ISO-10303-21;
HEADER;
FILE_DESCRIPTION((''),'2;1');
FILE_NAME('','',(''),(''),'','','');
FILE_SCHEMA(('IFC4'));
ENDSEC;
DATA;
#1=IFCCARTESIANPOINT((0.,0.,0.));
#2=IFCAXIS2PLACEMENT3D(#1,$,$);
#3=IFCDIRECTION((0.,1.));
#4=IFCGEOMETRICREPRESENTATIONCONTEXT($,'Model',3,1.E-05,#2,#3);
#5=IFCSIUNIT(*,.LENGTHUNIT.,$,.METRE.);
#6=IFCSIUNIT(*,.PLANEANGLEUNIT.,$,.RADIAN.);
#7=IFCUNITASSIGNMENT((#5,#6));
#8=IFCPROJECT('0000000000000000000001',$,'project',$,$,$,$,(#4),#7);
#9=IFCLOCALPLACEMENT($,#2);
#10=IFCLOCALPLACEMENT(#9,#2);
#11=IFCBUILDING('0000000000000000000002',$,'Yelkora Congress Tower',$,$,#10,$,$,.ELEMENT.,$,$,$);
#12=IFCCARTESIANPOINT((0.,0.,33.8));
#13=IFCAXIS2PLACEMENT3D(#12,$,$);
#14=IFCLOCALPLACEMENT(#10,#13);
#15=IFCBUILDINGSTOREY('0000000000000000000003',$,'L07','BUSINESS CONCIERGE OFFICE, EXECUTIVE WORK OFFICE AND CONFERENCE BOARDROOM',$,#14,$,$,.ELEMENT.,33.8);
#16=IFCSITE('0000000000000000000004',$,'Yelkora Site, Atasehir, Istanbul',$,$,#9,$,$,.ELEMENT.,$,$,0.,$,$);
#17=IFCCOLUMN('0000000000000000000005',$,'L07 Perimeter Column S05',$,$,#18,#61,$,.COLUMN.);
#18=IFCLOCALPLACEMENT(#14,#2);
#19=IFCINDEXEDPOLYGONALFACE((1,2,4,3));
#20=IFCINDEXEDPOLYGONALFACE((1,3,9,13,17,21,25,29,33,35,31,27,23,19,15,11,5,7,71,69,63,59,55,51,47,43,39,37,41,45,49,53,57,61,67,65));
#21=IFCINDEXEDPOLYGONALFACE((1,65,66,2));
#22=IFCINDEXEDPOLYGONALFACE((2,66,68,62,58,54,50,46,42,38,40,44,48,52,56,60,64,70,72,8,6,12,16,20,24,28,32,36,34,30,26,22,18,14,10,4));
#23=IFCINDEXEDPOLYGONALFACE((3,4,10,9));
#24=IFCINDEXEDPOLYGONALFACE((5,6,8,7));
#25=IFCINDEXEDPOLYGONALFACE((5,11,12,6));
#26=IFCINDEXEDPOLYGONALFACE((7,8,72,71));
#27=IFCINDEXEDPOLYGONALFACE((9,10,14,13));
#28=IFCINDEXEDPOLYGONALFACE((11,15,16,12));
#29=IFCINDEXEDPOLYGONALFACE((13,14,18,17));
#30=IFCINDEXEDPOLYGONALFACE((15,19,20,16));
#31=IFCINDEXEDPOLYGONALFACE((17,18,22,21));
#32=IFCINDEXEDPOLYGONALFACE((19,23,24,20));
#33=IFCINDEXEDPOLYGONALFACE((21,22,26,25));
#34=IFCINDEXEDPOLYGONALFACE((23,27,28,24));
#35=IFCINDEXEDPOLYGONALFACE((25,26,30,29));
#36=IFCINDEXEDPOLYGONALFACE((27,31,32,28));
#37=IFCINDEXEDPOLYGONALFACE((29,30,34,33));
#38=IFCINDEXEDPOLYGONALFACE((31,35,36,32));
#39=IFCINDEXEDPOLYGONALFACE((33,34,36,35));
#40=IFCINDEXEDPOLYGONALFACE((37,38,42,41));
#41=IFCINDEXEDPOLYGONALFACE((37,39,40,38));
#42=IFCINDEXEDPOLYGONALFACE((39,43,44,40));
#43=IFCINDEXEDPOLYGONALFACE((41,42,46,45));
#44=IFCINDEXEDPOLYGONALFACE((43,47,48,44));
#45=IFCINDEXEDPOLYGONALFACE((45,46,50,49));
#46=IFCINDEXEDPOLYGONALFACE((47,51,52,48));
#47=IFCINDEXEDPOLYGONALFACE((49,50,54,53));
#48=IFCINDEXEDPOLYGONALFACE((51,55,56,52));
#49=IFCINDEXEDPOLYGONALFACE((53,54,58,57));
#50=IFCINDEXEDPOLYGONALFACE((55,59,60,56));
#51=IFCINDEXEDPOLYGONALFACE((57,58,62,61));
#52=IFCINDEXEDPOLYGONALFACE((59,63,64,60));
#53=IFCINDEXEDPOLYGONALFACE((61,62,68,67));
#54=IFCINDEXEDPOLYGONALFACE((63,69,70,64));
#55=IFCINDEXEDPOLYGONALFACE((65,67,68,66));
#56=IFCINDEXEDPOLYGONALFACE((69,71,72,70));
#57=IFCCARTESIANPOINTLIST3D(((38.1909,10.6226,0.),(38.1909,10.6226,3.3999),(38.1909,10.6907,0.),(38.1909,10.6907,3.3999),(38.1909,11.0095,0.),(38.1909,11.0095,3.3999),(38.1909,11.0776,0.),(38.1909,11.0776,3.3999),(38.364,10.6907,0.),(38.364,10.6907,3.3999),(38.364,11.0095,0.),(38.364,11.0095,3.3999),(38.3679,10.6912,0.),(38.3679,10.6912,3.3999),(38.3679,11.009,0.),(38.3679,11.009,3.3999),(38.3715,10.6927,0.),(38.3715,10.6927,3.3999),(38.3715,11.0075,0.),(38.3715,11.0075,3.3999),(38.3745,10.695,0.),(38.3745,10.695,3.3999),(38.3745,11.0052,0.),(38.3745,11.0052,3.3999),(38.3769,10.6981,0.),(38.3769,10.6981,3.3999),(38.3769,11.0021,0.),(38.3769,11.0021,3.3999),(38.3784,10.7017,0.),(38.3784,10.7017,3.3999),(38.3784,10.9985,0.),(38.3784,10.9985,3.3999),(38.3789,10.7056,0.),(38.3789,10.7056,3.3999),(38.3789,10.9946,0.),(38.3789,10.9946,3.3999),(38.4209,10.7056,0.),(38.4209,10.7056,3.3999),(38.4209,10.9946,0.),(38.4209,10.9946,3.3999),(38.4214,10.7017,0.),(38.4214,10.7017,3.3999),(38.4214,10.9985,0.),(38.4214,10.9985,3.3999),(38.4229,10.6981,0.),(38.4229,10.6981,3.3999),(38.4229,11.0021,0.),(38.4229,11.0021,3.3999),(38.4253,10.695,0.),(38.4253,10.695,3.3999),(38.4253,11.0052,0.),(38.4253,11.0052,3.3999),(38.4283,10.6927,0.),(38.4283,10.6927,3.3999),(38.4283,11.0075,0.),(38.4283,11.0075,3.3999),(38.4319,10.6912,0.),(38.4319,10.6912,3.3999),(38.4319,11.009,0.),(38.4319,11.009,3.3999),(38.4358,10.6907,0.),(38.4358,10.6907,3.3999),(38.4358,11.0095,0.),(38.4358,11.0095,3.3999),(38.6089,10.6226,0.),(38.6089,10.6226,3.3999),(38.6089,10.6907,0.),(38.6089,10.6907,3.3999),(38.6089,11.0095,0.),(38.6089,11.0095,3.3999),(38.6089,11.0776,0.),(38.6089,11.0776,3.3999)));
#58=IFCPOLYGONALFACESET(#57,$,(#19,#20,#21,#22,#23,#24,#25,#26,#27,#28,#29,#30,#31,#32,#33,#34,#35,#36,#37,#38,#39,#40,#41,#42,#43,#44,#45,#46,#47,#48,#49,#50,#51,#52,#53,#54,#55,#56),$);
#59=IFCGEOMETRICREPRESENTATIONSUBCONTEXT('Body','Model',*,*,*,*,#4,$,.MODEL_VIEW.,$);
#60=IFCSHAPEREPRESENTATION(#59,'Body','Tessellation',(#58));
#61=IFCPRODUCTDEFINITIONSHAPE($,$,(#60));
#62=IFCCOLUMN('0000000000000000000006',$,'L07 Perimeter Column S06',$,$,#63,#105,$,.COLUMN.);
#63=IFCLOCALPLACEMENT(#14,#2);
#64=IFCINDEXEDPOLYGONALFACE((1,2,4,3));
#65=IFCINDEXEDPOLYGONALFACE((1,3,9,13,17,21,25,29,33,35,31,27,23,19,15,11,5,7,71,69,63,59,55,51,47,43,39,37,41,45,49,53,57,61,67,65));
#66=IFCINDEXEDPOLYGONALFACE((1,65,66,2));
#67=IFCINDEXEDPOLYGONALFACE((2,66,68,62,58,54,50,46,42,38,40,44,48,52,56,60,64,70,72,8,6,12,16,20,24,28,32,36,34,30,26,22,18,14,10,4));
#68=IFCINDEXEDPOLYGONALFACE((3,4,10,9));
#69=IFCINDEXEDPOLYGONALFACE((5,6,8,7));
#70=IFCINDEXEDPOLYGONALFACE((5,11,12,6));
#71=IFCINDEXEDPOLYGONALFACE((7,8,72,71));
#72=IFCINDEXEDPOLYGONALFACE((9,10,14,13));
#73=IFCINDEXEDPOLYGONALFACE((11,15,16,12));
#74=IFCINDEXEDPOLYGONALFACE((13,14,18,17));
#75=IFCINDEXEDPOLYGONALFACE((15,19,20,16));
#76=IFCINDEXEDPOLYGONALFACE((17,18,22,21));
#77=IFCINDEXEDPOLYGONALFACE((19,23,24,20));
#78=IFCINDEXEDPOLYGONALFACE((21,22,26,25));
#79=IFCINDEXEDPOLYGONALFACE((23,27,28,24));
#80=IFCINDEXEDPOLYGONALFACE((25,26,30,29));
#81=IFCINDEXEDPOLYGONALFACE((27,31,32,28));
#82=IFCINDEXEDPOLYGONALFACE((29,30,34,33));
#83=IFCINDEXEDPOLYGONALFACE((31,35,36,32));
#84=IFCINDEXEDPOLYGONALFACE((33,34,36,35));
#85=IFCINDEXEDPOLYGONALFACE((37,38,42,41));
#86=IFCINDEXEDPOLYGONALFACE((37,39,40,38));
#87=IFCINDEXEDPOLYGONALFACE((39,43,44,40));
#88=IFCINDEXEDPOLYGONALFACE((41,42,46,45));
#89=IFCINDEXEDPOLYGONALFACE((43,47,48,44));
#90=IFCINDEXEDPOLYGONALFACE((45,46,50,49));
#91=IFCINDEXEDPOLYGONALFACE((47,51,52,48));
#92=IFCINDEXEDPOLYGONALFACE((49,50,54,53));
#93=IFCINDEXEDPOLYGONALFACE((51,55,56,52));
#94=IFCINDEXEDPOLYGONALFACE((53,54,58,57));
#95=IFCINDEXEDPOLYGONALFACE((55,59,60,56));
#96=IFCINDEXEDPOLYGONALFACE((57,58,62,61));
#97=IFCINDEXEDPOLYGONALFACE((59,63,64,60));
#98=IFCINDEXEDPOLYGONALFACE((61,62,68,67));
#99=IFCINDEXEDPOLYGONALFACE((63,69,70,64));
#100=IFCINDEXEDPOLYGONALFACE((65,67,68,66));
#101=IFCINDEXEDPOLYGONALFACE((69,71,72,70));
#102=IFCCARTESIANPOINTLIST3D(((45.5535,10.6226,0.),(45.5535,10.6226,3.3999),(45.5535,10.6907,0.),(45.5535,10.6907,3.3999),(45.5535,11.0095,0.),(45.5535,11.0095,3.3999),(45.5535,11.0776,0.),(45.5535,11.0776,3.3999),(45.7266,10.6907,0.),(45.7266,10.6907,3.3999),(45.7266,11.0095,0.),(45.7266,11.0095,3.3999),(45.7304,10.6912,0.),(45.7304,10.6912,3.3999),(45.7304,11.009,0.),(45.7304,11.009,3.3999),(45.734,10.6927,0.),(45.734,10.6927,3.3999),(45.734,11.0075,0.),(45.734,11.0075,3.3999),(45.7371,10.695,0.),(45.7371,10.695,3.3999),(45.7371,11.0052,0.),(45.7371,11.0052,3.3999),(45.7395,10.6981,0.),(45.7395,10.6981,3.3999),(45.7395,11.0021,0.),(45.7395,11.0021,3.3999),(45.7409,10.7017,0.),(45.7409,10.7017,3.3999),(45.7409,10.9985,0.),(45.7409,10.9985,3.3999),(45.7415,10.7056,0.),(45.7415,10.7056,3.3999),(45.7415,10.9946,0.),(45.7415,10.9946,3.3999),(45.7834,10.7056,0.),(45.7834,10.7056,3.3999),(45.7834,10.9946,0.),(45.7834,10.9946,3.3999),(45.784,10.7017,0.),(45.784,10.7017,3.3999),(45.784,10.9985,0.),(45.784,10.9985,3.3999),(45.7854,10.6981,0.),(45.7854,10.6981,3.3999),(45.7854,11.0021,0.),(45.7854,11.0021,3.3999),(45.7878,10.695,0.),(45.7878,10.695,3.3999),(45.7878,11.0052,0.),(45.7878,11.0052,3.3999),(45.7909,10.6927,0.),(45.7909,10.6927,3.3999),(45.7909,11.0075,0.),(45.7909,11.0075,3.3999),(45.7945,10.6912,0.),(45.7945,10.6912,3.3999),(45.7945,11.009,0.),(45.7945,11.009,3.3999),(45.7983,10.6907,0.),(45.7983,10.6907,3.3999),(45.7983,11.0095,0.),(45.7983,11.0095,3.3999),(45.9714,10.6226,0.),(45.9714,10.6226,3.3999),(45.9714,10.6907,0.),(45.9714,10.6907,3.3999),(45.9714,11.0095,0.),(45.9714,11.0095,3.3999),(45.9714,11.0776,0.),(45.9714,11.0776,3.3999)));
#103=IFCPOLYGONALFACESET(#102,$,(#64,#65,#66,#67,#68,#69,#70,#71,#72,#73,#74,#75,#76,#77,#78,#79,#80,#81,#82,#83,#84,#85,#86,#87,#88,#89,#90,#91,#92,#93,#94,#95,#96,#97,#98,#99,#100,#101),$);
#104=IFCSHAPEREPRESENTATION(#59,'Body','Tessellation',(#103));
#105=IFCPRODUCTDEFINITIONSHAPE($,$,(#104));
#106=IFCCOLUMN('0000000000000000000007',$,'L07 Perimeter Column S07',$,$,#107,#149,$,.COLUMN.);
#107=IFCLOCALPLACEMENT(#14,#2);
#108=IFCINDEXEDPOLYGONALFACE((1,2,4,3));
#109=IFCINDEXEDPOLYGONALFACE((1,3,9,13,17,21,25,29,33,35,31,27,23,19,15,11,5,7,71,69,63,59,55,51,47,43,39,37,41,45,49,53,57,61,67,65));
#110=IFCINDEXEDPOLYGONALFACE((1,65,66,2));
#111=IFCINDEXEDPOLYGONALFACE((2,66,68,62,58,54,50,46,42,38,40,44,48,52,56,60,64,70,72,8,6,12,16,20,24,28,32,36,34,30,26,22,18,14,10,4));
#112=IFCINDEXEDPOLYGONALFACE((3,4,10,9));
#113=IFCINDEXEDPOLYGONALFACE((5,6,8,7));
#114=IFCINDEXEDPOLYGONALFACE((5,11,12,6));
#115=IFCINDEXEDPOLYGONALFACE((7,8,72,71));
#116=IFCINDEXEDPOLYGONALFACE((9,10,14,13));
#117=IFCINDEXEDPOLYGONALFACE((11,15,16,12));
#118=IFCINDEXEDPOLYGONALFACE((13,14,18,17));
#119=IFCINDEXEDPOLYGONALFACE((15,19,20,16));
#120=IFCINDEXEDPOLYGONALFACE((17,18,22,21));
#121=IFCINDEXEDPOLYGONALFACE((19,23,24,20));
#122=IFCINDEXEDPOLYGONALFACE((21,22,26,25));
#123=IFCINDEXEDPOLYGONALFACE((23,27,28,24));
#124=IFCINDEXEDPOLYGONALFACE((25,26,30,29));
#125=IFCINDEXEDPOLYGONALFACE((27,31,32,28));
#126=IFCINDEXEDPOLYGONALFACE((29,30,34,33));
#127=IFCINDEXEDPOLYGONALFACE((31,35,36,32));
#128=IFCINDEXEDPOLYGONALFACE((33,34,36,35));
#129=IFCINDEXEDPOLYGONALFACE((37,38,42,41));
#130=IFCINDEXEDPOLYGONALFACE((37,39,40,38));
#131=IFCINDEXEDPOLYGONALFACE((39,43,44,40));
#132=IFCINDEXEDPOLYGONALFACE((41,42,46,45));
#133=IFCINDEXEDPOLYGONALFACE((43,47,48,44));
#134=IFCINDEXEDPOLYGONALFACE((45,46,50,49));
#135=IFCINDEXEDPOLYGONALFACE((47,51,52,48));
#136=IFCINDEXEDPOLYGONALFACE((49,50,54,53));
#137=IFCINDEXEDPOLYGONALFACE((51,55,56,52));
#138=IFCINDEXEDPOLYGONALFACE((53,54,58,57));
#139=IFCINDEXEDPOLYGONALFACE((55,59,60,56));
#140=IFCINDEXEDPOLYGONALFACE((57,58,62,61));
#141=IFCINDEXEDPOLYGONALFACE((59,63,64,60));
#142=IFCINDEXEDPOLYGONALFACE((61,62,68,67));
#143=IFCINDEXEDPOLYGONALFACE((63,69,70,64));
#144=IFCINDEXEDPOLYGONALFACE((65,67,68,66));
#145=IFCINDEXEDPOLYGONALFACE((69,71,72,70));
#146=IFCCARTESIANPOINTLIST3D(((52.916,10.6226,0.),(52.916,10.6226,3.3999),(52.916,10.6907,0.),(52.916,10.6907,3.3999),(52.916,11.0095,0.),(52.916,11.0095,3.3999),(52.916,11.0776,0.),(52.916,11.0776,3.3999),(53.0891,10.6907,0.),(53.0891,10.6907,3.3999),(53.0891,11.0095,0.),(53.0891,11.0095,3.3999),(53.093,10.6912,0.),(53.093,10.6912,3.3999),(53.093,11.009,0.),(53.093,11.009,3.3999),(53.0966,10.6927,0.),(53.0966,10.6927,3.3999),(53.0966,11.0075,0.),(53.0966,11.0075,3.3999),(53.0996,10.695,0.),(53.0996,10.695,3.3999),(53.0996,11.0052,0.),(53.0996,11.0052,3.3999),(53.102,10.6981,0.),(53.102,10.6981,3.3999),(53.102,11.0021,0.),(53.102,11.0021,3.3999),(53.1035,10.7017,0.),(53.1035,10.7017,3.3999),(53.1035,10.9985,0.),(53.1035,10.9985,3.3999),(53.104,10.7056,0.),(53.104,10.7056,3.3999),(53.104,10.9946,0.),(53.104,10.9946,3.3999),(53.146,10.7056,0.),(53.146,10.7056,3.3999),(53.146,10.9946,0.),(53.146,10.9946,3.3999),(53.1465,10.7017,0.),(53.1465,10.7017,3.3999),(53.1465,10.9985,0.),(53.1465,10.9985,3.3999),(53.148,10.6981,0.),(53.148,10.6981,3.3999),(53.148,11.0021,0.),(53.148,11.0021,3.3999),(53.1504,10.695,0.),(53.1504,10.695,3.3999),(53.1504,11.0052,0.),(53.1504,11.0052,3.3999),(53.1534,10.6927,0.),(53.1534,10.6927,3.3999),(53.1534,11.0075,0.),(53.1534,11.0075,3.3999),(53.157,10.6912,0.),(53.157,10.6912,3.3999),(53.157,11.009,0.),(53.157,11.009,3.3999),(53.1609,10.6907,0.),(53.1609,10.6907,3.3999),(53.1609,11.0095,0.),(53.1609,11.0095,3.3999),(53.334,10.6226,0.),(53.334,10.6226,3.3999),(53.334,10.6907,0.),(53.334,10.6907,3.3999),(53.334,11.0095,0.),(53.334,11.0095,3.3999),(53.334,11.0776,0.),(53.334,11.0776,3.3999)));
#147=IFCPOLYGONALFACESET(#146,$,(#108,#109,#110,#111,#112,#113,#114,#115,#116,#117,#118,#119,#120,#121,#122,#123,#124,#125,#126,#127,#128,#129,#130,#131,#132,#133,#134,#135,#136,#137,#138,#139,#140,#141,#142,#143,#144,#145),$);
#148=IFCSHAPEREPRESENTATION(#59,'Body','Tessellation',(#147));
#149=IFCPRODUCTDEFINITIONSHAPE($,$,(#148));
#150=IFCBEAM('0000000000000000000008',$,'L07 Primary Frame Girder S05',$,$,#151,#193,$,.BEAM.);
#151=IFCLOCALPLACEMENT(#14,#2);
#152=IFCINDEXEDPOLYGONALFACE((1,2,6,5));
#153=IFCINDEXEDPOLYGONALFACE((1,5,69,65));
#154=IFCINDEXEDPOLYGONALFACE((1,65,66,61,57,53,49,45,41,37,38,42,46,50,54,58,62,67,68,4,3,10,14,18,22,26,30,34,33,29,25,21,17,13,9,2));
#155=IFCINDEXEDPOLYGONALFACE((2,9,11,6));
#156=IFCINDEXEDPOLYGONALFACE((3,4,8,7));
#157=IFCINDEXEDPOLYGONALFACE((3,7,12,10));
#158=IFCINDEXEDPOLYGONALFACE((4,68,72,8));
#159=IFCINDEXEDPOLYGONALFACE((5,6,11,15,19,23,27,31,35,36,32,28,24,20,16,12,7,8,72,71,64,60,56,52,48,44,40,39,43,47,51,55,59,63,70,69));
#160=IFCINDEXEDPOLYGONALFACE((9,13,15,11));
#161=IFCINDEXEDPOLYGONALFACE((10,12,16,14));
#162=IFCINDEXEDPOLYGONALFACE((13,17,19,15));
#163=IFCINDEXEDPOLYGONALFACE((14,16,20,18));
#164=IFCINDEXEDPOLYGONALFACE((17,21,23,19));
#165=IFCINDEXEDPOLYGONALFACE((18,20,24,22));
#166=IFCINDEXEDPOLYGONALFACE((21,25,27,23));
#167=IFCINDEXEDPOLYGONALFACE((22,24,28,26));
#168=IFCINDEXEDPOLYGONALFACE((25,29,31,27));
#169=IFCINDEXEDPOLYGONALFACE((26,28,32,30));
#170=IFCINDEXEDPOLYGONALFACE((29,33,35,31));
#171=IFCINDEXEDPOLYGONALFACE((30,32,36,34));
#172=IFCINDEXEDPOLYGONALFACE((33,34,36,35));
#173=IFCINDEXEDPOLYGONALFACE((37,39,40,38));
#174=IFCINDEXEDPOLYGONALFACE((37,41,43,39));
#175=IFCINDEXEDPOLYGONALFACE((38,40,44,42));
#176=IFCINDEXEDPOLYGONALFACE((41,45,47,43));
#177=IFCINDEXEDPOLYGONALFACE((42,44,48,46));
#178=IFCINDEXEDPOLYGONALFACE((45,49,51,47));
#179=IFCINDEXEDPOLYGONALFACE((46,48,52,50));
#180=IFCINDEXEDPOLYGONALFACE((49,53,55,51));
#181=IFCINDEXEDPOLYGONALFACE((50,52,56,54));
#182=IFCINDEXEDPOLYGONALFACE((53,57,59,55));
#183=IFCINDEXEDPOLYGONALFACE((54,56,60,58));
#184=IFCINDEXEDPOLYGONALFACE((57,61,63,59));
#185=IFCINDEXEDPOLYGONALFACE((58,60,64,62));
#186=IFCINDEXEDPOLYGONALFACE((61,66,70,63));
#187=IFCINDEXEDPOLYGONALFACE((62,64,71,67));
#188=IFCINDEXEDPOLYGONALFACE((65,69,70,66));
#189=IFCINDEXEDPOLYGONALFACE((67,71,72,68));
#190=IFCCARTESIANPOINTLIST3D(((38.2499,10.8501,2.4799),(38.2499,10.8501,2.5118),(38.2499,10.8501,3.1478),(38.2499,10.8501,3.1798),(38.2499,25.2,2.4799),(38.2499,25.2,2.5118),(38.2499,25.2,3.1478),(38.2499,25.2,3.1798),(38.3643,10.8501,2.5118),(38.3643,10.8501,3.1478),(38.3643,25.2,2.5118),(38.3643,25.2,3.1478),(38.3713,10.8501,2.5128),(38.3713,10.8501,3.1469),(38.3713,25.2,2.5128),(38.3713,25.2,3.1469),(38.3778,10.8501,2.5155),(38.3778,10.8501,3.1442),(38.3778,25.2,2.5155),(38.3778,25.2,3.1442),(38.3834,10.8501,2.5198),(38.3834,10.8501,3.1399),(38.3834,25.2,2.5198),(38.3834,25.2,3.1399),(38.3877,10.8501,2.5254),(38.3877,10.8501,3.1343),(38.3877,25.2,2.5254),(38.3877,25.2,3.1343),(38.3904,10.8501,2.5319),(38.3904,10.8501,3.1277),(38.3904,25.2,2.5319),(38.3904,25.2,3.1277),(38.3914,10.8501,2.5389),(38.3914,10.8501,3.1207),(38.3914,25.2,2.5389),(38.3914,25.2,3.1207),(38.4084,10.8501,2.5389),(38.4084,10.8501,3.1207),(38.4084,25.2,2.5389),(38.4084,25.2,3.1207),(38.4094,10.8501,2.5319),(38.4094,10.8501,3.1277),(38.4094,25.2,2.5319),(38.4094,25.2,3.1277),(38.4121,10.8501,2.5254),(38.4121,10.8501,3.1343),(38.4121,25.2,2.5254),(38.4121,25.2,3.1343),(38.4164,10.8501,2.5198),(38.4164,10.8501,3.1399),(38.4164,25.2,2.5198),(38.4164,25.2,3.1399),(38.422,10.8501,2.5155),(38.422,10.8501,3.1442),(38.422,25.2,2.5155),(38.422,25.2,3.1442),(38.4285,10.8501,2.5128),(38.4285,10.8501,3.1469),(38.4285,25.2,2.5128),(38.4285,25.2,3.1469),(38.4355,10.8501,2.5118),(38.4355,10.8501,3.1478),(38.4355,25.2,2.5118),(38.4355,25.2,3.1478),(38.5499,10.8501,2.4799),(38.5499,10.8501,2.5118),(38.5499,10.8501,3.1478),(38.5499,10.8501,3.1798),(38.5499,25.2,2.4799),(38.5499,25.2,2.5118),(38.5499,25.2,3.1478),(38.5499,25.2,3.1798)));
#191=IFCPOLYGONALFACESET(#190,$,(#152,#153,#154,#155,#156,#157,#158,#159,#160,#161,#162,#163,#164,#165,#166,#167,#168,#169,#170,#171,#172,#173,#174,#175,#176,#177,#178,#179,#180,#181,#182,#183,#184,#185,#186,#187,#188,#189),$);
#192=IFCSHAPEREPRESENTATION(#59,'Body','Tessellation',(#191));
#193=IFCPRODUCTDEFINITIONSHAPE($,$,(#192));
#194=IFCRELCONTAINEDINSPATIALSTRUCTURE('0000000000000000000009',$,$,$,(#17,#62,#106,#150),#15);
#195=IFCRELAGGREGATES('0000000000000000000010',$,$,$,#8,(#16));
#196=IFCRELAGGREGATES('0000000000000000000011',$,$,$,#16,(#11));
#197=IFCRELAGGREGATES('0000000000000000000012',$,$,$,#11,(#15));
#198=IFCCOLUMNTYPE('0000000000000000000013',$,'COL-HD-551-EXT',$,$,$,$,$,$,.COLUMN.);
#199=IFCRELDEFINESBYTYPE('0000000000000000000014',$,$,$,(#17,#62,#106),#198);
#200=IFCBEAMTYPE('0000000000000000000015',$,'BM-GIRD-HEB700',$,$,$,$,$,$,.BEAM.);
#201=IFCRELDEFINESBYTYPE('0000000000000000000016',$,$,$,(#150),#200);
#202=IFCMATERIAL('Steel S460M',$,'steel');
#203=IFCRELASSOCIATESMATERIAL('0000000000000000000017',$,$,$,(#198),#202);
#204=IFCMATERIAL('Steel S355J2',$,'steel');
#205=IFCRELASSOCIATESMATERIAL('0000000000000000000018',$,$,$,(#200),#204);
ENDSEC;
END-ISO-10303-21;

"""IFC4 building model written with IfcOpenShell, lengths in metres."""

from ifc_helpers import new_model, si_unit, direction, frame, origin, origin_2d, place, context, subcontext, project, spatial, i_section, extrude, material, material_profile, profile_set, type_object, element, save


model = new_model("IFC4")

# Units and contexts
model_context = context("Model", 3, precision=1e-05, world=origin(), true_north=direction((0.0, 1.0)))
body_context = subcontext(model_context, "Body", "Model", "MODEL_VIEW")
ifc_project = project(units=[si_unit("LENGTHUNIT", "METRE"), si_unit("PLANEANGLEUNIT", "RADIAN")], contexts=[model_context])

# Site, building, storey
site_placement = place(None, origin())
site = spatial("IfcSite", under=ifc_project, at=site_placement, Name="Yelkora Site, Atasehir, Istanbul", CompositionType="ELEMENT", RefElevation=0.0)
building_placement = place(site_placement, origin())
building = spatial("IfcBuilding", under=site, at=building_placement, Name="Yelkora Congress Tower", CompositionType="ELEMENT")
storey_placement = place(building_placement, frame((0.0, 0.0, 33.8)))
storey = spatial("IfcBuildingStorey", under=building, at=storey_placement, Name="L07", Description="BUSINESS CONCIERGE OFFICE, EXECUTIVE WORK OFFICE AND CONFERENCE BOARDROOM", CompositionType="ELEMENT", Elevation=33.8)

# Columns
ifc_material_1 = material(Name="Steel S460M", Category="steel")
ifc_material_profile_1 = material_profile(ifc_material_1, i_section(OverallWidth=0.418, OverallDepth=0.4551, WebThickness=0.042, FlangeThickness=0.0681, FilletRadius=0.0149, at=origin_2d()), Name="HD 400x551")
ifc_profile_set_1 = profile_set([ifc_material_profile_1], Name="Steel S460M")
column_type = type_object("IfcColumnType", Name="COL-HD-551-EXT", PredefinedType="COLUMN", material=ifc_profile_set_1)
for number, where, z_axis, x_axis, name in (
    (1, (38.3999, 10.8501, 0.0), (0.0, 0.0, 1.0), (1.0, 0.0, 0.0), "L07 Perimeter Column S05"),
    (2, (45.7625, 10.8501, 0.0), (0.0, 0.0, 1.0), (1.0, 0.0, 0.0), "L07 Perimeter Column S06"),
    (3, (53.125, 10.8501, 0.0), (0.0, 0.0, 1.0), (1.0, 0.0, 0.0), "L07 Perimeter Column S07"),
):
    element("IfcColumn", number, at=place(storey_placement, frame(where, z_axis=z_axis, x_axis=x_axis)), inside=storey, type_object=column_type, Name=name, PredefinedType="COLUMN", context=body_context, shape_type="SweptSolid", body=[
        extrude(i_section(OverallWidth=0.418, OverallDepth=0.4551, WebThickness=0.042, FlangeThickness=0.0681, FilletRadius=0.0149, at=origin_2d()), origin(), (0.0, 0.0, 1.0), 3.3999),
    ])

# Beam
ifc_material_2 = material(Name="Steel S355J2", Category="steel")
ifc_material_profile_2 = material_profile(ifc_material_2, i_section(OverallWidth=0.3, OverallDepth=0.7, WebThickness=0.0171, FlangeThickness=0.032, FilletRadius=0.0271, at=origin_2d()), Name="HEB 700")
ifc_profile_set_2 = profile_set([ifc_material_profile_2], Name="Steel S355J2")
beam_type_1 = type_object("IfcBeamType", Name="BM-GIRD-HEB700", PredefinedType="BEAM", material=ifc_profile_set_2)
beam_1_placement = place(storey_placement, frame((38.3999, 10.8501, 2.8298), z_axis=(0.0, 1.0, 0.0), x_axis=(-1.0, 0.0, 0.0)))
element("IfcBeam", 4, at=beam_1_placement, inside=storey, type_object=beam_type_1, Name="L07 Primary Frame Girder S05", PredefinedType="BEAM", context=body_context, shape_type="SweptSolid", body=[
    extrude(i_section(OverallWidth=0.3, OverallDepth=0.7, WebThickness=0.0171, FlangeThickness=0.032, FilletRadius=0.0271, at=origin_2d()), origin(), (0.0, 0.0, 1.0), 14.3499),
])

save(model, "model.ifc")
